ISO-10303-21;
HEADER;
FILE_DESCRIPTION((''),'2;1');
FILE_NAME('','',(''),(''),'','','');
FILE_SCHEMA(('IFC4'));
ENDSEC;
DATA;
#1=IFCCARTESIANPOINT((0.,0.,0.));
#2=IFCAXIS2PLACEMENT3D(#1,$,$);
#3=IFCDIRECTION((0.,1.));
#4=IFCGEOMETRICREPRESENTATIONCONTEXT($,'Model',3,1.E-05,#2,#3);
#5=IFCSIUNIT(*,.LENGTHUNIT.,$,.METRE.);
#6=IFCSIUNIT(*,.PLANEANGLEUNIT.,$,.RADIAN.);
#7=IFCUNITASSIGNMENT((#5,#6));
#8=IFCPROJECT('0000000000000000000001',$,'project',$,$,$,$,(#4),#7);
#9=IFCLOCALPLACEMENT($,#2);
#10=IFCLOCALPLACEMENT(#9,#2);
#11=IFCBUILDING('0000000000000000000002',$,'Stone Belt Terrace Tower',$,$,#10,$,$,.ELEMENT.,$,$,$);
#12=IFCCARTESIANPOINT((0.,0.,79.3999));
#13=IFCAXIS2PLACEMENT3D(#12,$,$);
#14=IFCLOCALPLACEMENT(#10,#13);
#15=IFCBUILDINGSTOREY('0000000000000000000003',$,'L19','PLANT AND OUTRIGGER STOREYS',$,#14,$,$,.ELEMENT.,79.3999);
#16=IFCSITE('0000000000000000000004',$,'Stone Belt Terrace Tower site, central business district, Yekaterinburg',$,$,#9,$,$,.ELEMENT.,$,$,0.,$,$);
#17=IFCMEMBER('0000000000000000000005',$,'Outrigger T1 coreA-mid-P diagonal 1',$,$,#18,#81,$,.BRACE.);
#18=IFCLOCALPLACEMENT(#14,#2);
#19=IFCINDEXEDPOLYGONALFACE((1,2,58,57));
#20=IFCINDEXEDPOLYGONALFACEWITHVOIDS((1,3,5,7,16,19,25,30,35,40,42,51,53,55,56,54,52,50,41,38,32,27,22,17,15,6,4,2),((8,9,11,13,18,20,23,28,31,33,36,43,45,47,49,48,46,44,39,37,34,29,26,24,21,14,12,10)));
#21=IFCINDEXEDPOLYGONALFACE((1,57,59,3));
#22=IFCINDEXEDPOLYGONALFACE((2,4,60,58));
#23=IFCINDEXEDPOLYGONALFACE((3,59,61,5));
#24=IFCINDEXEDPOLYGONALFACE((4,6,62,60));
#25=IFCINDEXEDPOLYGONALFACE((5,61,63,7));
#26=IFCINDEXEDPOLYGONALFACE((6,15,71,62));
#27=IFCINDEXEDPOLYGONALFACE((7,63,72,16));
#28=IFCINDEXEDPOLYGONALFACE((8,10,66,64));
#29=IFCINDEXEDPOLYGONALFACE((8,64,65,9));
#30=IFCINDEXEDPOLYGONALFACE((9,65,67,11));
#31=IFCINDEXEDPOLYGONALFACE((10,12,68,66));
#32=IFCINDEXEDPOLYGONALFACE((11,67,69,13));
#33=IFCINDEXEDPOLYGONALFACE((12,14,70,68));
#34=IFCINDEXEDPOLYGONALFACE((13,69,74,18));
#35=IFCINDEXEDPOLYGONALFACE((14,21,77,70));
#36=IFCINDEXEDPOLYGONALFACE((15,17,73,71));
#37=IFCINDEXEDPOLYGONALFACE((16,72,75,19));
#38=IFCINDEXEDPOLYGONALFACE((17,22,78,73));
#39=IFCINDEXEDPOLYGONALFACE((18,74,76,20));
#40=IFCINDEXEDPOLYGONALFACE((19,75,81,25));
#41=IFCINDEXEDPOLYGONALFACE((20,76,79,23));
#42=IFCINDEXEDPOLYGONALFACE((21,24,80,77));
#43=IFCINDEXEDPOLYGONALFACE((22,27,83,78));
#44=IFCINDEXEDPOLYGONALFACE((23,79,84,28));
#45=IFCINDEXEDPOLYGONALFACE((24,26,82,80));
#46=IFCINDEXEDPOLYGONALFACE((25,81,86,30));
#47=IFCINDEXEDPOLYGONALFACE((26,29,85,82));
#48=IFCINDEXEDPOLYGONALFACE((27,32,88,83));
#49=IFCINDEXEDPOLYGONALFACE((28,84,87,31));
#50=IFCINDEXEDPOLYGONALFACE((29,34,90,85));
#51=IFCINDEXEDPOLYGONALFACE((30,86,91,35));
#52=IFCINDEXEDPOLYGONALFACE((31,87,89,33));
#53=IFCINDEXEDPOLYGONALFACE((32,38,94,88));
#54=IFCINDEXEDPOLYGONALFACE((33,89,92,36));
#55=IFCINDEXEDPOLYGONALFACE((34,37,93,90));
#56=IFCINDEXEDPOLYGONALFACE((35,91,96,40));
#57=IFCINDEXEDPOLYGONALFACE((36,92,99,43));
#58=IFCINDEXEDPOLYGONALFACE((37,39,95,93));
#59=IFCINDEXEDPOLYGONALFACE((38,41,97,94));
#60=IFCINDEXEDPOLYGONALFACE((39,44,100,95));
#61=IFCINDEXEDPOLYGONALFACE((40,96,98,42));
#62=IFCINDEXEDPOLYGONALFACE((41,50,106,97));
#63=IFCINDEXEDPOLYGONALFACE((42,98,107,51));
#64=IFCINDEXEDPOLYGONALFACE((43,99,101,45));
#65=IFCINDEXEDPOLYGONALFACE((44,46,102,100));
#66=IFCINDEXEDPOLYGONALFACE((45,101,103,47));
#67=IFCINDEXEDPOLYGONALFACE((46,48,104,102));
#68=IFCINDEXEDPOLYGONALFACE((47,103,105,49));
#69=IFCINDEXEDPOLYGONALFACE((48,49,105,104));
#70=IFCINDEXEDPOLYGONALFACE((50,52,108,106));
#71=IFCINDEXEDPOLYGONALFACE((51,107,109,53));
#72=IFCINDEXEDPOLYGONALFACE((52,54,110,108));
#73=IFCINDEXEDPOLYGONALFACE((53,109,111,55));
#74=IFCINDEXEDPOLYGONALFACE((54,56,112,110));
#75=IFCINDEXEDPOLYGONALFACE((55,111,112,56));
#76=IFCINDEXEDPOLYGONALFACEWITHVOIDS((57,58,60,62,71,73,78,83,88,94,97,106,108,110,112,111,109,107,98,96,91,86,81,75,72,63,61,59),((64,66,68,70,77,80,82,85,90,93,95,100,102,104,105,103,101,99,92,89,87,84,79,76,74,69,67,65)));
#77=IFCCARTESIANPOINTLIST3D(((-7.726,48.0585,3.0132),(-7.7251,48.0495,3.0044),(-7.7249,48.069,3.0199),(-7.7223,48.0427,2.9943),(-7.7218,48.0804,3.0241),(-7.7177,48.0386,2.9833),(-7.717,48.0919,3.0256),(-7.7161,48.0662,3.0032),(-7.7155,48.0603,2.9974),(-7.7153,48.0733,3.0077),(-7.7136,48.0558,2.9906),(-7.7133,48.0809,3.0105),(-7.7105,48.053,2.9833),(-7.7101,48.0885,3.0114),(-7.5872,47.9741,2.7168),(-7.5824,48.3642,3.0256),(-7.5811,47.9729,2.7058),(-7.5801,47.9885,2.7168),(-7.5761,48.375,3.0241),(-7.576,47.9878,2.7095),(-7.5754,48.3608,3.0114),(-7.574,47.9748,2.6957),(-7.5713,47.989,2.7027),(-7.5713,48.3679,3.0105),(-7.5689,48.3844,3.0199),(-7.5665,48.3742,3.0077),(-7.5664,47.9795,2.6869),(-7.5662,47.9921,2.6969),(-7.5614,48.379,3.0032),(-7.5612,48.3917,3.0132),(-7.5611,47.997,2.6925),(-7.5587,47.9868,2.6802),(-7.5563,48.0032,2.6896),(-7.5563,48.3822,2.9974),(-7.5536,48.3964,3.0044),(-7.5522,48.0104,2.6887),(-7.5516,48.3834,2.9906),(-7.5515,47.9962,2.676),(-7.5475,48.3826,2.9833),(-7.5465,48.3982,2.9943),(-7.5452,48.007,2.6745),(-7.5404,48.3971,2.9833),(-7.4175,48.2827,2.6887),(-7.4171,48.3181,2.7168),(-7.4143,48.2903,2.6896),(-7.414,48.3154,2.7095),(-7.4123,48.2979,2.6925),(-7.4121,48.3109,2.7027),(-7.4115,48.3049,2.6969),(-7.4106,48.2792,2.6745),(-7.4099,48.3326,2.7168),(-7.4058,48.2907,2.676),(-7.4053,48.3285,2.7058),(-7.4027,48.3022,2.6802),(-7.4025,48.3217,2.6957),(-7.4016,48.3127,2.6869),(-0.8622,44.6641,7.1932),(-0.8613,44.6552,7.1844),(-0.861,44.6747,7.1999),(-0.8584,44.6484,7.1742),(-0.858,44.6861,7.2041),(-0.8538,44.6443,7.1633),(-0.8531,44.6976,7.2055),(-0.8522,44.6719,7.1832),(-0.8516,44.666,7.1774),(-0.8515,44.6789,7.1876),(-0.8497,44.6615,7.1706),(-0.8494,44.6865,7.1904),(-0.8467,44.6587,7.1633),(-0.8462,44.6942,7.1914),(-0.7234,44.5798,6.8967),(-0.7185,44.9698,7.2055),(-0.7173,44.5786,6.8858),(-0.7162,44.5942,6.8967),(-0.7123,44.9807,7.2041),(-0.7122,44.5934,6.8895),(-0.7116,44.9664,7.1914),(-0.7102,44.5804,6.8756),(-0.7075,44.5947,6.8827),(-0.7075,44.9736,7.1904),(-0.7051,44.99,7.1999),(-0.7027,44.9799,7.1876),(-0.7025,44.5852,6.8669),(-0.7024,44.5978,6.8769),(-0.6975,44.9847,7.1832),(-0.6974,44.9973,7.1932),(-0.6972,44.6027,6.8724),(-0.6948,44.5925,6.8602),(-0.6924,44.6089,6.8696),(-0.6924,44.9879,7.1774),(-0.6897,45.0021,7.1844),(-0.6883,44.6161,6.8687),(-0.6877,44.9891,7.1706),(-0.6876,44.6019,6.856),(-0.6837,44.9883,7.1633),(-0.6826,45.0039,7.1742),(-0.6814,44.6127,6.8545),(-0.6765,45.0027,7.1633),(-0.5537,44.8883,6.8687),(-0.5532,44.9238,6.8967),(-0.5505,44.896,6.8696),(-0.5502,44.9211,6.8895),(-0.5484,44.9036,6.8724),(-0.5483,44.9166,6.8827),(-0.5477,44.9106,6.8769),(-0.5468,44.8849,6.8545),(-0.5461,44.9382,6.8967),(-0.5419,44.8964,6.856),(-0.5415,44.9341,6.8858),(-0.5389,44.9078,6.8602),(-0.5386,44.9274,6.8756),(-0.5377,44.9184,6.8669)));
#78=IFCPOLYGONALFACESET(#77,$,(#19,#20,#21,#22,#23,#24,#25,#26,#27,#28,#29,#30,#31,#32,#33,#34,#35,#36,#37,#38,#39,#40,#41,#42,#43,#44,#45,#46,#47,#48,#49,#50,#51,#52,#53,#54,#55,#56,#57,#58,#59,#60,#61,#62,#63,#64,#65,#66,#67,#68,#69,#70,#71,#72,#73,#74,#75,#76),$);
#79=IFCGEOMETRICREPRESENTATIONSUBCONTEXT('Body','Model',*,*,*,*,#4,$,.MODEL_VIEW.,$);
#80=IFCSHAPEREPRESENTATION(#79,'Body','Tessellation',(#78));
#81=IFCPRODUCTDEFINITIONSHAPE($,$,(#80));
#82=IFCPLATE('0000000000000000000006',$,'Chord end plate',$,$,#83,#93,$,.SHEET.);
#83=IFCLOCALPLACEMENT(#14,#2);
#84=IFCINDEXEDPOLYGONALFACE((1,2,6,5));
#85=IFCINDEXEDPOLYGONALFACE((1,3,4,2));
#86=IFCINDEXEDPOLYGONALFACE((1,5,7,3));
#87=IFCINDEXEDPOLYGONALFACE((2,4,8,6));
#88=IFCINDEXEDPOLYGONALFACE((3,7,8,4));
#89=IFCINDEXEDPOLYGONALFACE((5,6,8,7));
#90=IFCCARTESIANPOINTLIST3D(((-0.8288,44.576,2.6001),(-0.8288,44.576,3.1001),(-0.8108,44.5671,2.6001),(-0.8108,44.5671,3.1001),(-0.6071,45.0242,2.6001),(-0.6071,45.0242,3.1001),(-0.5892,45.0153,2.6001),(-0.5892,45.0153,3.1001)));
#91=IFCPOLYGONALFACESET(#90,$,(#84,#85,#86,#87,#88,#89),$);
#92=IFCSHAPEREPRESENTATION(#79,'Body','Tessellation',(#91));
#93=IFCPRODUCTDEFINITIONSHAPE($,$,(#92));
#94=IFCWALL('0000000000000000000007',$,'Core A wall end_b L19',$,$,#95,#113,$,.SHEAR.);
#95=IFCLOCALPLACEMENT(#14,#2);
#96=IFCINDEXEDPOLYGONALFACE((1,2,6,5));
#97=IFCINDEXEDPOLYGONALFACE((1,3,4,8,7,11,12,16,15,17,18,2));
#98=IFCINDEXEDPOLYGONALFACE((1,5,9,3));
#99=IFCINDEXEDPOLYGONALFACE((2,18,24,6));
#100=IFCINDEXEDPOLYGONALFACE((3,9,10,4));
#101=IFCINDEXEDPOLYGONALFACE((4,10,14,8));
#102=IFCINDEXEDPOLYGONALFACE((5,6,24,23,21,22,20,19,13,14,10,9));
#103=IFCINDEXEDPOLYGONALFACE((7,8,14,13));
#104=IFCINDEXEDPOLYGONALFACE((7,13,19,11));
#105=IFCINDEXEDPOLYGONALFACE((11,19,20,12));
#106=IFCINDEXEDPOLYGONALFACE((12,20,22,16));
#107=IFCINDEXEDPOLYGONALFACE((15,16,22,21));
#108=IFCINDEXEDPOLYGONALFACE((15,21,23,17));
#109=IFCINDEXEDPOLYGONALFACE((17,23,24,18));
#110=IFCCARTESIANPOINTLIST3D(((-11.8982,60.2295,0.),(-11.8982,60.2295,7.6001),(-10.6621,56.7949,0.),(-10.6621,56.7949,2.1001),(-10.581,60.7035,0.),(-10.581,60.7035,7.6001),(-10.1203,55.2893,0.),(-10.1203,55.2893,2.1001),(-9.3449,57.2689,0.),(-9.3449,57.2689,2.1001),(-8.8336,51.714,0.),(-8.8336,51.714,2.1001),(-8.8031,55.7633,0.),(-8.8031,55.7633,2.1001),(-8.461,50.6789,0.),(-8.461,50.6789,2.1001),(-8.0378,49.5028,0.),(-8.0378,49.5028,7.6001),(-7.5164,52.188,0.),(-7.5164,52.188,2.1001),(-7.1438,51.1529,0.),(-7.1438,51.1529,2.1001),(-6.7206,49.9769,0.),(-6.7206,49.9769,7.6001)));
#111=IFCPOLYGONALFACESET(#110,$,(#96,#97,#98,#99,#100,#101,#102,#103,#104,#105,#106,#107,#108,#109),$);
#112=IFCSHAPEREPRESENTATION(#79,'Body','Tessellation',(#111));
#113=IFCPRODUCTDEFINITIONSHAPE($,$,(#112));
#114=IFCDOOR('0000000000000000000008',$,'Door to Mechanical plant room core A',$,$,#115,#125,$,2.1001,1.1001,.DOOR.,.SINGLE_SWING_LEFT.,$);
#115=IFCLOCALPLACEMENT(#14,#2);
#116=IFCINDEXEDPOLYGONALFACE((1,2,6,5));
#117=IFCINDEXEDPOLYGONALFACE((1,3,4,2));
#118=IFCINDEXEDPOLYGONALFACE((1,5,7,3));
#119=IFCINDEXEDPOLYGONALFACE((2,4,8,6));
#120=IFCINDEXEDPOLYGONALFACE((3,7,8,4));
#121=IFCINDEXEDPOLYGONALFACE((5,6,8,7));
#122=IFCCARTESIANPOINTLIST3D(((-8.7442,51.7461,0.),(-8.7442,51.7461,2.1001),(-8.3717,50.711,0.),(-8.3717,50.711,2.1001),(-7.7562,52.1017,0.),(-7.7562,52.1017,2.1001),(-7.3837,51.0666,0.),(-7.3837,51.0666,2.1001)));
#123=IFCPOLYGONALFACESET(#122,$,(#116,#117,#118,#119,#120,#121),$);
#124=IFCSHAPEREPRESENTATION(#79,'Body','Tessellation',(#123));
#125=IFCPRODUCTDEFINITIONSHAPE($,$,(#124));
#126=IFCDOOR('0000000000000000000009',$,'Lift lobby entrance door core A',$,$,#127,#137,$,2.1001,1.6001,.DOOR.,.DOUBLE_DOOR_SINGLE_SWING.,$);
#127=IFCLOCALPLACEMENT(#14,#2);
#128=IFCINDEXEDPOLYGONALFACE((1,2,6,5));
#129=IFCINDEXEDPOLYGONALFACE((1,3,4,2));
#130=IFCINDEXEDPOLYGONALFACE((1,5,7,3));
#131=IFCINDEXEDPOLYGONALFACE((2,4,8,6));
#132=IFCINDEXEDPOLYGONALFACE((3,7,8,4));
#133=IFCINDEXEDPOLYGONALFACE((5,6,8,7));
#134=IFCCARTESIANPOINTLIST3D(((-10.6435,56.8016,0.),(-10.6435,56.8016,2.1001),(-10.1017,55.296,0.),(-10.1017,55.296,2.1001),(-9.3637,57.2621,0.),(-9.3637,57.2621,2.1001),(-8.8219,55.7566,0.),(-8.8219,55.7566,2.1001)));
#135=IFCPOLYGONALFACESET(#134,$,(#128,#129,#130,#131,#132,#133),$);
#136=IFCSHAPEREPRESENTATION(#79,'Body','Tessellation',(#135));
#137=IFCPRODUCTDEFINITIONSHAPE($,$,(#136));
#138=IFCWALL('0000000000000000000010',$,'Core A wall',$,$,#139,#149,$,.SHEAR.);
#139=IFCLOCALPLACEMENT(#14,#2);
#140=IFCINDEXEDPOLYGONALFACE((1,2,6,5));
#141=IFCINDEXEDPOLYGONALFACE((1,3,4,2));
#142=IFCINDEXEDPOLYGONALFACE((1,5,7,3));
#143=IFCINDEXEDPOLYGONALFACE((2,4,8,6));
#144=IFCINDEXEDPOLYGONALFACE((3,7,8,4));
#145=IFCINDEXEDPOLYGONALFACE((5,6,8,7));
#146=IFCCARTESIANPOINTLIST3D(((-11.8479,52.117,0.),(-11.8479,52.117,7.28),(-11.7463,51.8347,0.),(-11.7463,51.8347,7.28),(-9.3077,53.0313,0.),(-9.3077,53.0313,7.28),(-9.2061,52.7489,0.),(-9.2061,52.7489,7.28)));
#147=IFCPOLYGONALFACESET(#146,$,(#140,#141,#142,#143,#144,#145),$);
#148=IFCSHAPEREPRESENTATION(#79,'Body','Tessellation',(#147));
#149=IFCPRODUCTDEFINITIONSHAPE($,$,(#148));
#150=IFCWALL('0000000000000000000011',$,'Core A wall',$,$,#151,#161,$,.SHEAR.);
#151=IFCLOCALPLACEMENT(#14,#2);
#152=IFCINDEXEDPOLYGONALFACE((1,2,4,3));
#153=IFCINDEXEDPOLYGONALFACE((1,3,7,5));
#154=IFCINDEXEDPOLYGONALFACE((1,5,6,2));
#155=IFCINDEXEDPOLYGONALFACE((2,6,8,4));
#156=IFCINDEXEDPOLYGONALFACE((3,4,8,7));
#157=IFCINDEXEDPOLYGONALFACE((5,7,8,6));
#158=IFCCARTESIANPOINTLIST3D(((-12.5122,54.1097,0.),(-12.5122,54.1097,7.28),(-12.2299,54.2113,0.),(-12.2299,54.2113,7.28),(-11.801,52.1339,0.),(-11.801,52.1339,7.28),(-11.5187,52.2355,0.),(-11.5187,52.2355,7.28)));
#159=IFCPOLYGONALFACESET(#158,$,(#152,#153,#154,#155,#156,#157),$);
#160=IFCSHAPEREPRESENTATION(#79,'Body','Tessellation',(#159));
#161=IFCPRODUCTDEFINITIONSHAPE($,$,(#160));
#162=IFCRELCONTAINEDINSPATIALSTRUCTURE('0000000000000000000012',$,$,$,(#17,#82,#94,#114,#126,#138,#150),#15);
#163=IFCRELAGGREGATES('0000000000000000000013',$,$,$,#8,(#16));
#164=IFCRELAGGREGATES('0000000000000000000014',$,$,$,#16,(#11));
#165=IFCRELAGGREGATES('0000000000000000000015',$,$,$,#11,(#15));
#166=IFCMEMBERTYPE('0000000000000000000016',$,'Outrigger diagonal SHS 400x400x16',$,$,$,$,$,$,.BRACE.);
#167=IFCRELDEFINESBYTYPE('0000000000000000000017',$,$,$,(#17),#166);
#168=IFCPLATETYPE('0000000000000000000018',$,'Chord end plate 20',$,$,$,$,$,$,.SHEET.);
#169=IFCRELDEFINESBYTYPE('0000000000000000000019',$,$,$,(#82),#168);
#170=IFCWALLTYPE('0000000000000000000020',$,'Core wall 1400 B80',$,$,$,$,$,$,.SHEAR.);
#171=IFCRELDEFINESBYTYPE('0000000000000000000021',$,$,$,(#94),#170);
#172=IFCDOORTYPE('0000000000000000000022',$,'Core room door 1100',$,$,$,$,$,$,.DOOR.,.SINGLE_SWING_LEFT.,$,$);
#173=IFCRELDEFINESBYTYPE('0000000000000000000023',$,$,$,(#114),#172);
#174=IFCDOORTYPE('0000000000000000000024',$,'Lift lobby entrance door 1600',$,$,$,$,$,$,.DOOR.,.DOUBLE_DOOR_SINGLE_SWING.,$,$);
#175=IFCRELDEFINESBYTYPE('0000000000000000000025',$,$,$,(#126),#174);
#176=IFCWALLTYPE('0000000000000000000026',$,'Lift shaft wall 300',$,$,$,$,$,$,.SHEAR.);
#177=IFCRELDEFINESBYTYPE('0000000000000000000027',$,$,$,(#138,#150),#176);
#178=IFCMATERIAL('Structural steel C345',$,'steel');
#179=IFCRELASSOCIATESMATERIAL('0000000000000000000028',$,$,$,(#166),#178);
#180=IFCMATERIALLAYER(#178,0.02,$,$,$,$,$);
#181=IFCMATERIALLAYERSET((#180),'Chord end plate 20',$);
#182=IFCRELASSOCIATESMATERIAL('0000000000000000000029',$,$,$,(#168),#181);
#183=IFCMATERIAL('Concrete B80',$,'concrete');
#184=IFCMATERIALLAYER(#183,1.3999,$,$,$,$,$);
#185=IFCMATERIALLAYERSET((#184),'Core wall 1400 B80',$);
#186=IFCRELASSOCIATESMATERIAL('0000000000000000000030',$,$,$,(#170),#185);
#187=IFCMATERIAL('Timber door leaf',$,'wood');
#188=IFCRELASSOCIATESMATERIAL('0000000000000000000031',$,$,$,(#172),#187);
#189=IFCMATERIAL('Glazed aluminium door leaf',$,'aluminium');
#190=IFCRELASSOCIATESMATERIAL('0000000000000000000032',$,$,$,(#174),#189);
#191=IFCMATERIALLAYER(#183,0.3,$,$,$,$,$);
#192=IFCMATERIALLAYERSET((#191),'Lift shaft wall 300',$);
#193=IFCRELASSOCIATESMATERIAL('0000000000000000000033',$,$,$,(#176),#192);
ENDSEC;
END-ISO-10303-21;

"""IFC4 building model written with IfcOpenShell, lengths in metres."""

from ifc_helpers import new_model, si_unit, direction, frame, frame_2d, origin, origin_2d, place, context, subcontext, project, spatial, rectangle, hollow_rectangle, extrude, material, layer, layer_set, material_profile, profile_set, type_object, element, fill, save


model = new_model("IFC4")

# Units and contexts
model_context = context("Model", 3, precision=1e-05, world=origin(), true_north=direction((0.0, 1.0)))
body_context = subcontext(model_context, "Body", "Model", "MODEL_VIEW")
ifc_project = project(units=[si_unit("LENGTHUNIT", "METRE"), si_unit("PLANEANGLEUNIT", "RADIAN")], contexts=[model_context])

# Site, building, storey
site_placement = place(None, origin())
site = spatial("IfcSite", under=ifc_project, at=site_placement, Name="Stone Belt Terrace Tower site, central business district, Yekaterinburg", CompositionType="ELEMENT", RefElevation=0.0)
building_placement = place(site_placement, origin())
building = spatial("IfcBuilding", under=site, at=building_placement, Name="Stone Belt Terrace Tower", CompositionType="ELEMENT")
storey_placement = place(building_placement, frame((0.0, 0.0, 79.3999)))
storey = spatial("IfcBuildingStorey", under=building, at=storey_placement, Name="L19", Description="PLANT AND OUTRIGGER STOREYS", CompositionType="ELEMENT", Elevation=79.3999)

# Shared definitions
ifc_material_1 = material(Name="Concrete B80", Category="concrete")

# Member
ifc_material_2 = material(Name="Structural steel C345", Category="steel")
ifc_material_profile_1 = material_profile(ifc_material_2, hollow_rectangle(XDim=0.3999, YDim=0.3999, WallThickness=0.0161, InnerFilletRadius=0.032, OuterFilletRadius=0.0481, at=origin_2d()), Name="SHS 400x400x16")
ifc_profile_set_1 = profile_set([ifc_material_profile_1], Name="Structural steel C345")
member_type_1 = type_object("IfcMemberType", Name="Outrigger diagonal SHS 400x400x16", PredefinedType="BRACE", material=ifc_profile_set_1)
member_1_placement = place(storey_placement, frame((-0.7, 44.7913, 7.03), z_axis=(-0.786788, 0.389084, -0.479142), x_axis=(-0.443281, -0.896383, 0.0)))
element("IfcMember", 1, at=member_1_placement, inside=storey, type_object=member_type_1, Name="Outrigger T1 coreA-mid-P diagonal 1", PredefinedType="BRACE", context=body_context, shape_type="SweptSolid", body=[
    extrude(hollow_rectangle(XDim=0.3999, YDim=0.3999, WallThickness=0.0161, InnerFilletRadius=0.032, OuterFilletRadius=0.0481, at=origin_2d()), origin(), (0.0, 0.0, 1.0), 8.7239),
])

# Plate
ifc_layer_1 = layer(ifc_material_2, 0.02)
ifc_layer_set_1 = layer_set([ifc_layer_1], Name="Chord end plate 20")
plate_type = type_object("IfcPlateType", Name="Chord end plate 20", PredefinedType="SHEET", material=ifc_layer_set_1)
plate_placement = place(storey_placement, frame((-0.709, 44.7957, 2.6001), z_axis=(0.0, 0.0, 1.0), x_axis=(0.896377, -0.443292, 0.0)))
element("IfcPlate", 2, at=plate_placement, inside=storey, type_object=plate_type, Name="Chord end plate", PredefinedType="SHEET", context=body_context, shape_type="SweptSolid", body=[
    extrude(rectangle(XDim=0.02, YDim=0.5, at=origin_2d()), origin(), (0.0, 0.0, 1.0), 0.5),
])

# Wall, openings, doors
ifc_layer_2 = layer(ifc_material_1, 1.3999)
ifc_layer_set_2 = layer_set([ifc_layer_2], Name="Core wall 1400 B80")
wall_type_1 = type_object("IfcWallType", Name="Core wall 1400 B80", PredefinedType="SHEAR", material=ifc_layer_set_2)
wall_1_placement = place(storey_placement, frame((-7.3792, 49.7397, 0.0), z_axis=(0.0, 0.0, 1.0), x_axis=(-0.338625, 0.940921, 0.0)))
wall_1 = element("IfcWall", 3, at=wall_1_placement, inside=storey, type_object=wall_type_1, Name="Core A wall end_b L19", PredefinedType="SHEAR", context=body_context, shape_type="SweptSolid", body=[
    extrude(rectangle(XDim=11.4001, YDim=1.3999, at=frame_2d((5.7002, 0.0))), origin(), (0.0, 0.0, 1.0), 7.6001),
])
opening_1_placement = place(wall_1_placement, frame((6.1499, 0.0, 0.0)))
opening_1 = element("IfcOpeningElement", 4, at=opening_1_placement, cuts=wall_1, PredefinedType="OPENING", context=body_context, shape_type="SweptSolid", body=[
    extrude(rectangle(XDim=1.6001, YDim=2.1001, at=frame_2d((0.8, 1.05))), frame((0.0, 0.71, 0.0), z_axis=(0.0, -1.0, 0.0), x_axis=(1.0, 0.0, 0.0)), (0.0, 0.0, 1.0), 1.4199),
])
opening_2_placement = place(wall_1_placement, frame((1.25, 0.0, 0.0)))
opening_2 = element("IfcOpeningElement", 5, at=opening_2_placement, cuts=wall_1, PredefinedType="OPENING", context=body_context, shape_type="SweptSolid", body=[
    extrude(rectangle(XDim=1.1001, YDim=2.1001, at=frame_2d((0.55, 1.05))), frame((0.0, 0.71, 0.0), z_axis=(0.0, -1.0, 0.0), x_axis=(1.0, 0.0, 0.0)), (0.0, 0.0, 1.0), 1.4199),
])
ifc_material_3 = material(Name="Timber door leaf", Category="wood")
door_type_1 = type_object("IfcDoorType", Name="Core room door 1100", OperationType="SINGLE_SWING_LEFT", PredefinedType="DOOR", material=ifc_material_3)
door_1_placement = place(opening_2_placement, origin())
door_1 = element("IfcDoor", 6, at=door_1_placement, inside=storey, type_object=door_type_1, Name="Door to Mechanical plant room core A", OperationType="SINGLE_SWING_LEFT", OverallHeight=2.1001, OverallWidth=1.1001, PredefinedType="DOOR", context=body_context, shape_type="SweptSolid", body=[
    extrude(rectangle(XDim=1.1001, YDim=2.1001, at=frame_2d((0.55, 1.05))), frame((0.0, 0.605, 0.0), z_axis=(0.0, -1.0, 0.0), x_axis=(1.0, 0.0, 0.0)), (0.0, 0.0, 1.0), 1.05),
])
fill(opening_2, door_1)
ifc_material_4 = material(Name="Glazed aluminium door leaf", Category="aluminium")
door_type_2 = type_object("IfcDoorType", Name="Lift lobby entrance door 1600", OperationType="DOUBLE_DOOR_SINGLE_SWING", PredefinedType="DOOR", material=ifc_material_4)
door_2_placement = place(opening_1_placement, origin())
door_2 = element("IfcDoor", 7, at=door_2_placement, inside=storey, type_object=door_type_2, Name="Lift lobby entrance door core A", OperationType="DOUBLE_DOOR_SINGLE_SWING", OverallHeight=2.1001, OverallWidth=1.6001, PredefinedType="DOOR", context=body_context, shape_type="SweptSolid", body=[
    extrude(rectangle(XDim=1.6001, YDim=2.1001, at=frame_2d((0.8, 1.05))), frame((0.0, 0.6802, 0.0), z_axis=(0.0, -1.0, 0.0), x_axis=(1.0, 0.0, 0.0)), (0.0, 0.0, 1.0), 1.3601),
])
fill(opening_1, door_2)

# Walls
ifc_layer_3 = layer(ifc_material_1, 0.3)
ifc_layer_set_3 = layer_set([ifc_layer_3], Name="Lift shaft wall 300")
wall_type_2 = type_object("IfcWallType", Name="Lift shaft wall 300", PredefinedType="SHEAR", material=ifc_layer_set_3)
wall_2_placement = place(storey_placement, frame((-11.7971, 51.9758, 0.0), z_axis=(0.0, 0.0, 1.0), x_axis=(0.94091, 0.338655, 0.0)))
element("IfcWall", 8, at=wall_2_placement, inside=storey, type_object=wall_type_2, Name="Core A wall", PredefinedType="SHEAR", context=body_context, shape_type="SweptSolid", body=[
    extrude(rectangle(XDim=2.6997, YDim=0.3, at=frame_2d((1.3499, 0.0))), origin(), (0.0, 0.0, 1.0), 7.28),
])
wall_3_placement = place(storey_placement, frame((-11.6599, 52.1848, 0.0), z_axis=(0.0, 0.0, 1.0), x_axis=(-0.33867, 0.940905, 0.0)))
element("IfcWall", 9, at=wall_3_placement, inside=storey, type_object=wall_type_2, Name="Core A wall", PredefinedType="SHEAR", context=body_context, shape_type="SweptSolid", body=[
    extrude(rectangle(XDim=2.0999, YDim=0.3, at=frame_2d((1.0498, 0.0))), origin(), (0.0, 0.0, 1.0), 7.28),
])

save(model, "model.ifc")
